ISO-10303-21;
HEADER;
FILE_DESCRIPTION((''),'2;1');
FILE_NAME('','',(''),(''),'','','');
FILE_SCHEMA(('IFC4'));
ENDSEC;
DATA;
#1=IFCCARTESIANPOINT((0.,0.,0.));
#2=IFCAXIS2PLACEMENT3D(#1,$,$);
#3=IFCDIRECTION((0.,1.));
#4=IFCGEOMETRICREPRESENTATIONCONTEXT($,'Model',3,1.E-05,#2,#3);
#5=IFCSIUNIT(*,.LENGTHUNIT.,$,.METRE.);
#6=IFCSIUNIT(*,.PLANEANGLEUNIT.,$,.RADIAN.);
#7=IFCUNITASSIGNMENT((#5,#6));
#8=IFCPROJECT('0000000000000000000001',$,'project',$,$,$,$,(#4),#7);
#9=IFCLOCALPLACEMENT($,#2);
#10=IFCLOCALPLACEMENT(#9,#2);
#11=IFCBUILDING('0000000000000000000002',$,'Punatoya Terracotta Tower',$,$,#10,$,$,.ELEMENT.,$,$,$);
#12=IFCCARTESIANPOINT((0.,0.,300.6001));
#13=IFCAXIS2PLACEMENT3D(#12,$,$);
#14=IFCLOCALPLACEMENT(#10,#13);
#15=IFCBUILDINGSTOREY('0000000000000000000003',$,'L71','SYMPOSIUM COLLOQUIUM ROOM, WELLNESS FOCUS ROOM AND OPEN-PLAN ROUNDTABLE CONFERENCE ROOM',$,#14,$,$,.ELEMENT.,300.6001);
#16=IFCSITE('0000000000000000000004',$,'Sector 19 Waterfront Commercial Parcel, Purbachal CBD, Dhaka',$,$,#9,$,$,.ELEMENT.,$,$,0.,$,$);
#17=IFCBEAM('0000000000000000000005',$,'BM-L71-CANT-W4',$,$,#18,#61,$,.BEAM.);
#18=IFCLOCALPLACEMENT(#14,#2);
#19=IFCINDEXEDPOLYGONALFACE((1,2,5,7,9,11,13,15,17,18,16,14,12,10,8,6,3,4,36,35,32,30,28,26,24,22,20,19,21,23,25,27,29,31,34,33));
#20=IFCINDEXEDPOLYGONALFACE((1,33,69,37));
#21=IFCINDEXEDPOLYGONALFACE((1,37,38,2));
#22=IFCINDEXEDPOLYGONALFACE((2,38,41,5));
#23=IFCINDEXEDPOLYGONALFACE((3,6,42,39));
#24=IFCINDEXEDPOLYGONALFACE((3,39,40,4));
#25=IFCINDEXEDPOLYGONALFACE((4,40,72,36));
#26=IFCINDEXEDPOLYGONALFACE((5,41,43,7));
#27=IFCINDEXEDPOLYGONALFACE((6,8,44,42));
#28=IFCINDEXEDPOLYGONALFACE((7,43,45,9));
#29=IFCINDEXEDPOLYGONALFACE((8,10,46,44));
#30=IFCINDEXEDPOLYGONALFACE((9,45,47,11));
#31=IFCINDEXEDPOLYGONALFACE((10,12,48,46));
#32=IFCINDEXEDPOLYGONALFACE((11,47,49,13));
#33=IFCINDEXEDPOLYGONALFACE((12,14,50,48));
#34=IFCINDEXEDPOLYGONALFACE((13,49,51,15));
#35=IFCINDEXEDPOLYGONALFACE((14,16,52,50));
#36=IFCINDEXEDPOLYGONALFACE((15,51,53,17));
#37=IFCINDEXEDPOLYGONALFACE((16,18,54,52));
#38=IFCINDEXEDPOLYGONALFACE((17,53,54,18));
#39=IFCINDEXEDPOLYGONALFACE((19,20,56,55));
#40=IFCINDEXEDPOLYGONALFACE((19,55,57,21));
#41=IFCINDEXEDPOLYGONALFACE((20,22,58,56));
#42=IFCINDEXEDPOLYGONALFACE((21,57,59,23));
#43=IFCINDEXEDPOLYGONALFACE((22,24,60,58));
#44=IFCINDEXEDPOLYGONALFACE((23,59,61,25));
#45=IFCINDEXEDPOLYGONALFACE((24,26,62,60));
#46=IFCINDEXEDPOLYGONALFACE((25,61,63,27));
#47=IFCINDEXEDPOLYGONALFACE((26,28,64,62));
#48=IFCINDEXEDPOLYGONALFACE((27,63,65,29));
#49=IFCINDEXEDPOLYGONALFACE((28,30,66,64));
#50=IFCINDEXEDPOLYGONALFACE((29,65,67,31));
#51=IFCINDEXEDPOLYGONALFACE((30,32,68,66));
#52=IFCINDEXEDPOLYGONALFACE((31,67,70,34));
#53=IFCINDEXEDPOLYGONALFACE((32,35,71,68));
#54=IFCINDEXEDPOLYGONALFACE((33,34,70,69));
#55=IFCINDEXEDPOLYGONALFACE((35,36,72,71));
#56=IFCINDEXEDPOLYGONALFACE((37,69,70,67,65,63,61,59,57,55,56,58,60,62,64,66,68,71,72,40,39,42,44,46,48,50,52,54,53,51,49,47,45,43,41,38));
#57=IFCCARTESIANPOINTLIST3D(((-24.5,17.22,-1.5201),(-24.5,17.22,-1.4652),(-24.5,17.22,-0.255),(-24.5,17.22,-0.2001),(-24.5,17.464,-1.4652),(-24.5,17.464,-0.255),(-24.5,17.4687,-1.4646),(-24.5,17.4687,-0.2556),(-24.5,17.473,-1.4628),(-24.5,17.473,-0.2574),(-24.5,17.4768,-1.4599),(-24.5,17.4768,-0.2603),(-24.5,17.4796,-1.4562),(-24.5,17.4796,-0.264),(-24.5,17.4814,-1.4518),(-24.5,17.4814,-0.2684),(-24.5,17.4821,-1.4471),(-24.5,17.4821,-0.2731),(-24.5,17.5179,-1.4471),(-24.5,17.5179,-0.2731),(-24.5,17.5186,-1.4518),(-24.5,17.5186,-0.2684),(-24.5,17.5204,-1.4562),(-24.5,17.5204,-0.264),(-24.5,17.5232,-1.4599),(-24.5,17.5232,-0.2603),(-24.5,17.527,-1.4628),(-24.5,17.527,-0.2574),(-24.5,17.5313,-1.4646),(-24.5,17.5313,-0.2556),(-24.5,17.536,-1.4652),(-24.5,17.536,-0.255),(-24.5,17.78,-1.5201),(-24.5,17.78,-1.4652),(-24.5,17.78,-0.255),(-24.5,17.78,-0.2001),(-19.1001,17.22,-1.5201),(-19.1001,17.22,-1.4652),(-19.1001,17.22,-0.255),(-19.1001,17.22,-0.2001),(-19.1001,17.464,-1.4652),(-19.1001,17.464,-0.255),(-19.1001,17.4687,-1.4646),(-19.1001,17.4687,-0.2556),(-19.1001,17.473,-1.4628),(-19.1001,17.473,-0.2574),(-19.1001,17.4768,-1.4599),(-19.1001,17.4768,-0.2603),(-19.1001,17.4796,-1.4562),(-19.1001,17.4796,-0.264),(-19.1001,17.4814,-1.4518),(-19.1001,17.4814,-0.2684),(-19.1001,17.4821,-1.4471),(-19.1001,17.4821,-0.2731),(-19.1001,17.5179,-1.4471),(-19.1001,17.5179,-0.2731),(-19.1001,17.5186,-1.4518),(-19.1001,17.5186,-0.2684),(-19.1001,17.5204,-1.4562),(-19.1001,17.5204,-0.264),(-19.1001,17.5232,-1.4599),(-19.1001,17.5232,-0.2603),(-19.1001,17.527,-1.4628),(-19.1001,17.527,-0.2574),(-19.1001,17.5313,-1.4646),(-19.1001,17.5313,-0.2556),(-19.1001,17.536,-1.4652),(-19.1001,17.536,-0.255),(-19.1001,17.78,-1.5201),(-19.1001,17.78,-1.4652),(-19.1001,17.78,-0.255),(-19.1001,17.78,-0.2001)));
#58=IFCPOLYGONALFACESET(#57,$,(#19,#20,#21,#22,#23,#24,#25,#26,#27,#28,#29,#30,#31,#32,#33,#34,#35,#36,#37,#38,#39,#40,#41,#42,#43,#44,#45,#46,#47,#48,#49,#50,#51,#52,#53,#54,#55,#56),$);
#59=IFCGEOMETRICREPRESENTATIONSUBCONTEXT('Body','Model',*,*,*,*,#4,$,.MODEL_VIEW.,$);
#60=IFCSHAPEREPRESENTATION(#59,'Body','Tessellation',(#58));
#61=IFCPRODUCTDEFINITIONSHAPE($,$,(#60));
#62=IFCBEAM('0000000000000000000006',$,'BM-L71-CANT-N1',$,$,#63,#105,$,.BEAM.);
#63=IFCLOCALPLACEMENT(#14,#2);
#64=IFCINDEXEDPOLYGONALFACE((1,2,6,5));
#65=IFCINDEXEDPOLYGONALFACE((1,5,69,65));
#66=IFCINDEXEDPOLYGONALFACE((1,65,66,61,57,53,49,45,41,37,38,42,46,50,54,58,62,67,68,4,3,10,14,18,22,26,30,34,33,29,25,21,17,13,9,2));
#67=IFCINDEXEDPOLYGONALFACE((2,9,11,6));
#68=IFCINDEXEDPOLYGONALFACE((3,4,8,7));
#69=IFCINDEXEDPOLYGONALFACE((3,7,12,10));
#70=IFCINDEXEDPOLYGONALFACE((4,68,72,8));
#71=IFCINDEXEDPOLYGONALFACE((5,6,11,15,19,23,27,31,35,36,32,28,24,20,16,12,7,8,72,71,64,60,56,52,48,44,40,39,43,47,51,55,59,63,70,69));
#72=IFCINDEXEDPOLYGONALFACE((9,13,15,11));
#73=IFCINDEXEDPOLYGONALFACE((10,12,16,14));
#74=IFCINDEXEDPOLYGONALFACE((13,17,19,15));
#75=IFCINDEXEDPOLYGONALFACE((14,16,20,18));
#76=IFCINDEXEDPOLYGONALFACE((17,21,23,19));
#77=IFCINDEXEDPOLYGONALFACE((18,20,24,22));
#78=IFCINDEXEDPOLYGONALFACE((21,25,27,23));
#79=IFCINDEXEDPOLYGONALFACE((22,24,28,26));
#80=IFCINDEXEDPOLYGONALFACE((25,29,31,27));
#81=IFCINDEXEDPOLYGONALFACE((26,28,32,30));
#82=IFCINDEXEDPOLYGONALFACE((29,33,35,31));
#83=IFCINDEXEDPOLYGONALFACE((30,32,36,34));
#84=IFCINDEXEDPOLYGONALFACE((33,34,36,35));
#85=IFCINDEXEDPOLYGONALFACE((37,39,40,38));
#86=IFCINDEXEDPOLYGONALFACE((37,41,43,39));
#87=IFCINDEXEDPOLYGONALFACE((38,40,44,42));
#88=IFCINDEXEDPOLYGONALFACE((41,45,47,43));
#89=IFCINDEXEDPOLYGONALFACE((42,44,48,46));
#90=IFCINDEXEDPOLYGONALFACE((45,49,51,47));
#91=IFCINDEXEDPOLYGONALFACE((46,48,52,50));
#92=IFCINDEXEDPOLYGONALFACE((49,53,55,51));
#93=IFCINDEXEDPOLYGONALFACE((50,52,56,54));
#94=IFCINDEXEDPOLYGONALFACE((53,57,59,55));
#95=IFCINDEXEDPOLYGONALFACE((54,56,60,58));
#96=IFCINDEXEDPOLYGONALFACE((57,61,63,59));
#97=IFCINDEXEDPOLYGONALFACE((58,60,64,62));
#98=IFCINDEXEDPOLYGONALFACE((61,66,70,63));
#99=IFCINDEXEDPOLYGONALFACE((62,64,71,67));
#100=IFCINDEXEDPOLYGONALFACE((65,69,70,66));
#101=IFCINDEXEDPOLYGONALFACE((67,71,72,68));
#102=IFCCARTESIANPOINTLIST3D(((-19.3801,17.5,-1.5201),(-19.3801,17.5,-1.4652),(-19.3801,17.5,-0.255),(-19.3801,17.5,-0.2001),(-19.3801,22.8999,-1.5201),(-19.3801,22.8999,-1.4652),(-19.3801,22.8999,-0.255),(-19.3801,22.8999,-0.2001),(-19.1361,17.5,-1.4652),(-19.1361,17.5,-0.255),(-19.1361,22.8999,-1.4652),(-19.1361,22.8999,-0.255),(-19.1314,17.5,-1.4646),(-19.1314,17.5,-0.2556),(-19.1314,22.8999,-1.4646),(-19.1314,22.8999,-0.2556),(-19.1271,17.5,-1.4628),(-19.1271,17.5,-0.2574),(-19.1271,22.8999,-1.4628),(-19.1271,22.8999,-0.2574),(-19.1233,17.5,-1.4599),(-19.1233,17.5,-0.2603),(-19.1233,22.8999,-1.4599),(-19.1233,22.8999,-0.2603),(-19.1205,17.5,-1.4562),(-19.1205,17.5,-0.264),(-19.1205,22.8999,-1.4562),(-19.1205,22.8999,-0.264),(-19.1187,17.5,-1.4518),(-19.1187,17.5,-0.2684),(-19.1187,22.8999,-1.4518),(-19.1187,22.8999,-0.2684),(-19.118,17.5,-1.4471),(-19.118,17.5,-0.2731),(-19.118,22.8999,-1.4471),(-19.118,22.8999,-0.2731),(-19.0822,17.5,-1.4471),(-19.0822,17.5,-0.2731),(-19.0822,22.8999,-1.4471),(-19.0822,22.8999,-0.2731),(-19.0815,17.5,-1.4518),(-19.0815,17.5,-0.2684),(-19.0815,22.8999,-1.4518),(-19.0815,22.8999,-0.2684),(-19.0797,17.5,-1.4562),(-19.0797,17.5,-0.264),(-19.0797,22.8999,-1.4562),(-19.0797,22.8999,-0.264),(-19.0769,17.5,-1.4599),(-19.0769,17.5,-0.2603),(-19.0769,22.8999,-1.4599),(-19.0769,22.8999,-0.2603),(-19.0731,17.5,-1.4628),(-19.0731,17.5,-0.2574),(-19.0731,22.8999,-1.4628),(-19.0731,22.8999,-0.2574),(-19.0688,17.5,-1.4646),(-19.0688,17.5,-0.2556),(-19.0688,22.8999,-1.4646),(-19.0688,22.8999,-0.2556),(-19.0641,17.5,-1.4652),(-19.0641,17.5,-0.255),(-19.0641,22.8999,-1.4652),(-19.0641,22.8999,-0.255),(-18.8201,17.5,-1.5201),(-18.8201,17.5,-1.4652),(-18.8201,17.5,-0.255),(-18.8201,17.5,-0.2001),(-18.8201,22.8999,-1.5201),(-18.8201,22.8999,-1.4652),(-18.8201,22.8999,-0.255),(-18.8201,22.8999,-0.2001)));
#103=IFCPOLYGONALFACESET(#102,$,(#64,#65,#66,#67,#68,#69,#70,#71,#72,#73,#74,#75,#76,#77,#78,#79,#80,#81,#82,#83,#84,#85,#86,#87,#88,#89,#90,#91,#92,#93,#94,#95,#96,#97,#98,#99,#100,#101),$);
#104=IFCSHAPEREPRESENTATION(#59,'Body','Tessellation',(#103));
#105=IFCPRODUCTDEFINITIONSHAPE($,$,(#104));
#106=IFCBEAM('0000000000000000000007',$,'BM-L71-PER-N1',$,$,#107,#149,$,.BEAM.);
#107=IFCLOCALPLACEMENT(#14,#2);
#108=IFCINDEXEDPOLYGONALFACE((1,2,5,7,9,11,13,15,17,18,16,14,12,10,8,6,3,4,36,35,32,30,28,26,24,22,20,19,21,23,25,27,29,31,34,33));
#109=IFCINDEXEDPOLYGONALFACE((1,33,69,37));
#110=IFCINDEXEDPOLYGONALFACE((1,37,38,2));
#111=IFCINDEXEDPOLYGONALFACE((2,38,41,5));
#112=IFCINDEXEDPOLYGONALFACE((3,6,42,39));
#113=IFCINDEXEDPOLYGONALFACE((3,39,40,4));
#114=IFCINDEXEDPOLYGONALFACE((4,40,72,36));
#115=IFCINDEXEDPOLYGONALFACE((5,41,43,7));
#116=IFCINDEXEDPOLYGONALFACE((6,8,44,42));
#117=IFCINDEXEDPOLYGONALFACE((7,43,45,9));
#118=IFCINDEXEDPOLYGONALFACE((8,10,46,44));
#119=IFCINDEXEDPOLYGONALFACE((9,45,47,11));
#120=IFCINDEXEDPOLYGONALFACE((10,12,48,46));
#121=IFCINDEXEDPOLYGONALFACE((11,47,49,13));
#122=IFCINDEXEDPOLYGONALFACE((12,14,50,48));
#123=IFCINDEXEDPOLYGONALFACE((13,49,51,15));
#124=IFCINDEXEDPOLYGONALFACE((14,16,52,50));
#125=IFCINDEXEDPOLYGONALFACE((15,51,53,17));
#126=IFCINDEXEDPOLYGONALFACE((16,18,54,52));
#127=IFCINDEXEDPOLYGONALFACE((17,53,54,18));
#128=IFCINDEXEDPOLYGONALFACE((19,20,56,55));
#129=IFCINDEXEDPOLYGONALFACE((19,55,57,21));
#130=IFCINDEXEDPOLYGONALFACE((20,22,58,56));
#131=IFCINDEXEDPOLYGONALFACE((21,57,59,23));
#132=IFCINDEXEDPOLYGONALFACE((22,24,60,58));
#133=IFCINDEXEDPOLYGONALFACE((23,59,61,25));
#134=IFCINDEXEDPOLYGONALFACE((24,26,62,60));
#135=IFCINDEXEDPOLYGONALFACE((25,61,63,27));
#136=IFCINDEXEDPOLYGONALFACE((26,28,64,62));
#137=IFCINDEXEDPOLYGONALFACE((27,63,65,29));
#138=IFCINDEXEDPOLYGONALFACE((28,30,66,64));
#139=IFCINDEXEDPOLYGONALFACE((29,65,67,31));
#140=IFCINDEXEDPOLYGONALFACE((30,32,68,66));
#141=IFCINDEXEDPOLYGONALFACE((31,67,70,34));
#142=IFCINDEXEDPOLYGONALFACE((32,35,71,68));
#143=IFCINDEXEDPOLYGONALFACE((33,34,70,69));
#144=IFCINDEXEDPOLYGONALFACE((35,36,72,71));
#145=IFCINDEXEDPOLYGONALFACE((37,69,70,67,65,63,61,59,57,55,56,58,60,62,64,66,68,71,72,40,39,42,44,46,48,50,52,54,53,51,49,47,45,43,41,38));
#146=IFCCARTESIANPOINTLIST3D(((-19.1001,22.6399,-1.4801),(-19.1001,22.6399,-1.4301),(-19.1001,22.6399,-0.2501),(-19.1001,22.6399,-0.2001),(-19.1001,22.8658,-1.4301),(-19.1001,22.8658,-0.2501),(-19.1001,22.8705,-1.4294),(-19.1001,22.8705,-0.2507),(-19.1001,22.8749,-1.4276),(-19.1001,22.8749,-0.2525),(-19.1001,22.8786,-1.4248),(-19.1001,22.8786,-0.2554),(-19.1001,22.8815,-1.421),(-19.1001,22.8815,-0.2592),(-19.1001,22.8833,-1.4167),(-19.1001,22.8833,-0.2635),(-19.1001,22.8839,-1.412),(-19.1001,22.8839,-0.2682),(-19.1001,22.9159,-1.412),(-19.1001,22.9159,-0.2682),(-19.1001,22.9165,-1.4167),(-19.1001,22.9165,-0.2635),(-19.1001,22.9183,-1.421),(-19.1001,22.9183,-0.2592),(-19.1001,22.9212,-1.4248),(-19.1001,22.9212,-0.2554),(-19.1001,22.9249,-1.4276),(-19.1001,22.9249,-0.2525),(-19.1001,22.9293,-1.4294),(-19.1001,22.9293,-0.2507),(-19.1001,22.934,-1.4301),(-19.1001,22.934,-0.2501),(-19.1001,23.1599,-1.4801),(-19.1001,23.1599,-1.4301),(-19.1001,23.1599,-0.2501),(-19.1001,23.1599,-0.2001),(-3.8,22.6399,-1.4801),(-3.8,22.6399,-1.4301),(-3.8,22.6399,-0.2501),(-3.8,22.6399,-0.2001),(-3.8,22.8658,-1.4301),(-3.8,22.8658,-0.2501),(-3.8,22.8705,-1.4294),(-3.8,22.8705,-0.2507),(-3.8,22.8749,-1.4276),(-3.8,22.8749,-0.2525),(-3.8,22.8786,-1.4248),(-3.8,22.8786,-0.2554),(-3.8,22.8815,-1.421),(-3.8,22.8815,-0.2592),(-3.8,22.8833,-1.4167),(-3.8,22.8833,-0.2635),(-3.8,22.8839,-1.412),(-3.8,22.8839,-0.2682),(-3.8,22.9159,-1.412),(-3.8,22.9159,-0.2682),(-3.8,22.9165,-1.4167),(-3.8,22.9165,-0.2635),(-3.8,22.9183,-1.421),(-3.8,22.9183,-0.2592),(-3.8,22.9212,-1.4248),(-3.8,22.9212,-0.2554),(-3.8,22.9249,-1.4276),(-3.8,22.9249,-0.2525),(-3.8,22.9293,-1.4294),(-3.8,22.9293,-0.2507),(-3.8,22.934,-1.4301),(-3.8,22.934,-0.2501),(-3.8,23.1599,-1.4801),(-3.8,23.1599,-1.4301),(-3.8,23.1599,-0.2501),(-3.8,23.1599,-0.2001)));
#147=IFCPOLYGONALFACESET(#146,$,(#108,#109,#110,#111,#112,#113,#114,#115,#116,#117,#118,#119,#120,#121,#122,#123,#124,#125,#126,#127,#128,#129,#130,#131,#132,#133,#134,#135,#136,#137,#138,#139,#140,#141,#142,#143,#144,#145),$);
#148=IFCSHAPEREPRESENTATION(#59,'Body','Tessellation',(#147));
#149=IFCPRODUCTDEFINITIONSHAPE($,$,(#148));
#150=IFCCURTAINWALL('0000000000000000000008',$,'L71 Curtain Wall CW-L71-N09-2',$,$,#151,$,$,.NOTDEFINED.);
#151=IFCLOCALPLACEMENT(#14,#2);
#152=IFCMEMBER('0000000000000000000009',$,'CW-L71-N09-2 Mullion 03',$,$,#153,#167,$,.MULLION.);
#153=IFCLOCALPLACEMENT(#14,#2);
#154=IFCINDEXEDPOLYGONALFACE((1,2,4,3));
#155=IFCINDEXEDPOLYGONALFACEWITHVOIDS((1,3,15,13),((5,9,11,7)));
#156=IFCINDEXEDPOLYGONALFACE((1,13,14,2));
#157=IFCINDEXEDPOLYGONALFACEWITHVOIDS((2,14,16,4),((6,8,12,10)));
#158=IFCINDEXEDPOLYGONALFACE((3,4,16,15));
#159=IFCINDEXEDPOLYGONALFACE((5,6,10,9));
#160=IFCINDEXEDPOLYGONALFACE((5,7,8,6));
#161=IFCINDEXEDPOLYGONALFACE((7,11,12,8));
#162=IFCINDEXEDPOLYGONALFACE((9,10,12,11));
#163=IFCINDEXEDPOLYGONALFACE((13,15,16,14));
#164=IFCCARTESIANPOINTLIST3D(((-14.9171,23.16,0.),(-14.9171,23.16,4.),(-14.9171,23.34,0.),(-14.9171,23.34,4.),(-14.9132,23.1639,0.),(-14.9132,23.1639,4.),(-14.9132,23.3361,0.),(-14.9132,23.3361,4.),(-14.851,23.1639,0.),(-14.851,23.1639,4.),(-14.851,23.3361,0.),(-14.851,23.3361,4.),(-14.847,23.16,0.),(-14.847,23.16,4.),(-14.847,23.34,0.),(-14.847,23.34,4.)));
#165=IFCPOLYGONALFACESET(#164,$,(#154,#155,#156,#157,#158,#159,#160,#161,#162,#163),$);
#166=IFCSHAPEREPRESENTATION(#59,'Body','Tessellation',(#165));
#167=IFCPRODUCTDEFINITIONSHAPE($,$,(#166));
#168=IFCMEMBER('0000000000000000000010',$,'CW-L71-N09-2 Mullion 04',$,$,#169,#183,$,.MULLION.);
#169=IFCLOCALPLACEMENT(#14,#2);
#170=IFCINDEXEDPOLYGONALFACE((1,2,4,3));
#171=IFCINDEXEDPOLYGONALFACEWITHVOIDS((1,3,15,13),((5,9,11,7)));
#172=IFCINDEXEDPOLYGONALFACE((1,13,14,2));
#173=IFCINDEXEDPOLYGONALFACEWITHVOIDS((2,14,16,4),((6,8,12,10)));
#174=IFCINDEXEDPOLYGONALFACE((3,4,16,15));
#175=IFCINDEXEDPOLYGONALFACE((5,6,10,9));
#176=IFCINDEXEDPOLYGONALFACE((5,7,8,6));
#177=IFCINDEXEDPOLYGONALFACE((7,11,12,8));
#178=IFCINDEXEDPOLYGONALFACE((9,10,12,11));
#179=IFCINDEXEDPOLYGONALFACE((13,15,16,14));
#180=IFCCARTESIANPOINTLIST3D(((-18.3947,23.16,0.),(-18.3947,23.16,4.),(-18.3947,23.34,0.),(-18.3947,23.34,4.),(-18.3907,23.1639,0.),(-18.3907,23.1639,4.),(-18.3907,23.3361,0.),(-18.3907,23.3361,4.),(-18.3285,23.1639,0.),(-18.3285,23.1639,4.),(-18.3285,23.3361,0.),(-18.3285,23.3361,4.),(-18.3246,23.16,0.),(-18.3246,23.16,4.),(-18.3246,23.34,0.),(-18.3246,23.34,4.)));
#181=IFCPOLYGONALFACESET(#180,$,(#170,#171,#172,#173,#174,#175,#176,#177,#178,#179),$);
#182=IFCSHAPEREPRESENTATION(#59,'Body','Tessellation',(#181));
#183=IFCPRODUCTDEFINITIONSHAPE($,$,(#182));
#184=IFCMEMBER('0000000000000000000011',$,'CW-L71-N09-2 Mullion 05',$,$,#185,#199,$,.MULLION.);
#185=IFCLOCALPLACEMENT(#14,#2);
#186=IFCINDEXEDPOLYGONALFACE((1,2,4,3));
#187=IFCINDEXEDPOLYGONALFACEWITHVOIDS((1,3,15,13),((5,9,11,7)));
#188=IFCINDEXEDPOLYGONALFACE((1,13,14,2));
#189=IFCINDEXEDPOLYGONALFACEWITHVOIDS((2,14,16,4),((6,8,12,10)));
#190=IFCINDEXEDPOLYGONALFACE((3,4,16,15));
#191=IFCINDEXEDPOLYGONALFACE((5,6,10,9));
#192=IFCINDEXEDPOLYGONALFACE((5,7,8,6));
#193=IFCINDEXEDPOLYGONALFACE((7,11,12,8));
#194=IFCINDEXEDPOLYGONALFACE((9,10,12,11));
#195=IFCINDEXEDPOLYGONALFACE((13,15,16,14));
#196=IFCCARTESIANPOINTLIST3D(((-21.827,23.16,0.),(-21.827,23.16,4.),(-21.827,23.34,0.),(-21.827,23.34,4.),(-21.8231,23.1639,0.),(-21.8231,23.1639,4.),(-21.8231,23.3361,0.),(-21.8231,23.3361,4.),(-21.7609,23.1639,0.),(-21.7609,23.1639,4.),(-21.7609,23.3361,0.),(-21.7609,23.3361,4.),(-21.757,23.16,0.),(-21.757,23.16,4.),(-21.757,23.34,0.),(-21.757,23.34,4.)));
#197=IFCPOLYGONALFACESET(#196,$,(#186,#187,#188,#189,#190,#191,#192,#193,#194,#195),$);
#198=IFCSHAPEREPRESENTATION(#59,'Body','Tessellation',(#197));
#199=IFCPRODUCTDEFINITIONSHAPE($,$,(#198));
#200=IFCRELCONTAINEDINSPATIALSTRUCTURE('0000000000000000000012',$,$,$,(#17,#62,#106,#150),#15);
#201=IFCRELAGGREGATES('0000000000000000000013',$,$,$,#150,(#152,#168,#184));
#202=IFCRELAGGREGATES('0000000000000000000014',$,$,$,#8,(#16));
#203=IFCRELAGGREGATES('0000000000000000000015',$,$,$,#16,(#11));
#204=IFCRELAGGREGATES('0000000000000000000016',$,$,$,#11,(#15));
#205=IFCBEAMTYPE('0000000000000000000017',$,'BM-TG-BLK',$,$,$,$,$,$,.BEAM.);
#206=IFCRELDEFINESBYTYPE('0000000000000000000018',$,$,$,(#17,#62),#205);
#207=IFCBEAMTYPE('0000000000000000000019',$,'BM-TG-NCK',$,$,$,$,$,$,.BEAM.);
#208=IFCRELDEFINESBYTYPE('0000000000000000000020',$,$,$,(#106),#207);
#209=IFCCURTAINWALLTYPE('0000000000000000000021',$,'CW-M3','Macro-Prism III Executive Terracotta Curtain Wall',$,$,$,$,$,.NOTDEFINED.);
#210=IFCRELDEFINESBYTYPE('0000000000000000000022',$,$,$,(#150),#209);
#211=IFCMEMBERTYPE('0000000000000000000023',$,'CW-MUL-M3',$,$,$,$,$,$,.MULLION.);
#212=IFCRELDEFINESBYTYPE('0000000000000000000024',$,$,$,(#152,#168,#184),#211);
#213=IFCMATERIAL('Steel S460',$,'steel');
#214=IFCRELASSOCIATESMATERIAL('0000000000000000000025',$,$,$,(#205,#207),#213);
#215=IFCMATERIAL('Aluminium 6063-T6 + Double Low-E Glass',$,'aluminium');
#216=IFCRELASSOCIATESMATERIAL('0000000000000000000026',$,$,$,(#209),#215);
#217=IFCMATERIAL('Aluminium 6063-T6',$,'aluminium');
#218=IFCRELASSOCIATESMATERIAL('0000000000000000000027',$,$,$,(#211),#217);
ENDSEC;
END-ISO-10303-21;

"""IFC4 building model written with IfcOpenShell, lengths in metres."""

from ifc_helpers import new_model, si_unit, direction, frame, origin, origin_2d, place, context, subcontext, project, spatial, hollow_rectangle, i_section, extrude, material, material_profile, profile_set, type_object, element, aggregate, save


model = new_model("IFC4")

# Units and contexts
model_context = context("Model", 3, precision=1e-05, world=origin(), true_north=direction((0.0, 1.0)))
body_context = subcontext(model_context, "Body", "Model", "MODEL_VIEW")
ifc_project = project(units=[si_unit("LENGTHUNIT", "METRE"), si_unit("PLANEANGLEUNIT", "RADIAN")], contexts=[model_context])

# Site, building, storey
site_placement = place(None, origin())
site = spatial("IfcSite", under=ifc_project, at=site_placement, Name="Sector 19 Waterfront Commercial Parcel, Purbachal CBD, Dhaka", CompositionType="ELEMENT", RefElevation=0.0)
building_placement = place(site_placement, origin())
building = spatial("IfcBuilding", under=site, at=building_placement, Name="Punatoya Terracotta Tower", CompositionType="ELEMENT")
storey_placement = place(building_placement, frame((0.0, 0.0, 300.6001)))
storey = spatial("IfcBuildingStorey", under=building, at=storey_placement, Name="L71", Description="SYMPOSIUM COLLOQUIUM ROOM, WELLNESS FOCUS ROOM AND OPEN-PLAN ROUNDTABLE CONFERENCE ROOM", CompositionType="ELEMENT", Elevation=300.6001)

# Shared definitions
ifc_material_1 = material(Name="Steel S460", Category="steel")

# Beams
ifc_material_profile_1 = material_profile(ifc_material_1, i_section(OverallWidth=0.5601, OverallDepth=1.3201, WebThickness=0.0359, FlangeThickness=0.0549, FilletRadius=0.0181, at=origin_2d()))
ifc_profile_set_1 = profile_set([ifc_material_profile_1], Name="Steel S460")
beam_type_1 = type_object("IfcBeamType", Name="BM-TG-BLK", PredefinedType="BEAM", material=ifc_profile_set_1)
for number, where, z_axis, x_axis, name in (
    (1, (-24.5, 17.5, -0.8601), (1.0, 0.0, 0.0), (0.0, 1.0, 0.0), "BM-L71-CANT-W4"),
    (2, (-19.1001, 17.5, -0.8601), (0.0, 1.0, 0.0), (-1.0, 0.0, 0.0), "BM-L71-CANT-N1"),
):
    element("IfcBeam", number, at=place(storey_placement, frame(where, z_axis=z_axis, x_axis=x_axis)), inside=storey, type_object=beam_type_1, Name=name, PredefinedType="BEAM", context=body_context, shape_type="SweptSolid", body=[
        extrude(i_section(OverallWidth=0.5601, OverallDepth=1.3201, WebThickness=0.0359, FlangeThickness=0.0549, FilletRadius=0.0181, at=origin_2d()), origin(), (0.0, 0.0, 1.0), 5.3999),
    ])
ifc_material_profile_2 = material_profile(ifc_material_1, i_section(OverallWidth=0.52, OverallDepth=1.28, WebThickness=0.032, FlangeThickness=0.05, FilletRadius=0.0181, at=origin_2d()))
ifc_profile_set_2 = profile_set([ifc_material_profile_2], Name="Steel S460")
beam_type_2 = type_object("IfcBeamType", Name="BM-TG-NCK", PredefinedType="BEAM", material=ifc_profile_set_2)
beam_1_placement = place(storey_placement, frame((-19.1001, 22.8999, -0.8401), z_axis=(1.0, 0.0, 0.0), x_axis=(0.0, 1.0, 0.0)))
element("IfcBeam", 3, at=beam_1_placement, inside=storey, type_object=beam_type_2, Name="BM-L71-PER-N1", PredefinedType="BEAM", context=body_context, shape_type="SweptSolid", body=[
    extrude(i_section(OverallWidth=0.52, OverallDepth=1.28, WebThickness=0.032, FlangeThickness=0.05, FilletRadius=0.0181, at=origin_2d()), origin(), (0.0, 0.0, 1.0), 15.3),
])

# Curtain wall, members
ifc_material_2 = material(Name="Aluminium 6063-T6 + Double Low-E Glass", Category="aluminium")
curtain_wall_type = type_object("IfcCurtainWallType", Name="CW-M3", Description="Macro-Prism III Executive Terracotta Curtain Wall", PredefinedType="NOTDEFINED", material=ifc_material_2)
curtain_wall_1_placement = place(storey_placement, origin())
curtain_wall_1 = element("IfcCurtainWall", 4, at=curtain_wall_1_placement, inside=storey, type_object=curtain_wall_type, Name="L71 Curtain Wall CW-L71-N09-2", PredefinedType="NOTDEFINED")
ifc_material_3 = material(Name="Aluminium 6063-T6", Category="aluminium")
ifc_material_profile_3 = material_profile(ifc_material_3, hollow_rectangle(XDim=0.0701, YDim=0.1799, WallThickness=0.0039, at=origin_2d()))
ifc_profile_set_3 = profile_set([ifc_material_profile_3], Name="Aluminium 6063-T6")
member_type_1 = type_object("IfcMemberType", Name="CW-MUL-M3", PredefinedType="MULLION", material=ifc_profile_set_3)
member_1_placement = place(storey_placement, frame((-14.8821, 23.25, 0.0), z_axis=(0.0, 0.0, 1.0), x_axis=(1.0, 0.0, 0.0)))
member_1 = element("IfcMember", 5, at=member_1_placement, type_object=member_type_1, Name="CW-L71-N09-2 Mullion 03", PredefinedType="MULLION", context=body_context, shape_type="SweptSolid", body=[
    extrude(hollow_rectangle(XDim=0.0701, YDim=0.1799, WallThickness=0.0039, at=origin_2d()), origin(), (0.0, 0.0, 1.0), 4.0),
])
member_2_placement = place(storey_placement, frame((-18.3596, 23.25, 0.0), z_axis=(0.0, 0.0, 1.0), x_axis=(1.0, 0.0, 0.0)))
member_2 = element("IfcMember", 6, at=member_2_placement, type_object=member_type_1, Name="CW-L71-N09-2 Mullion 04", PredefinedType="MULLION", context=body_context, shape_type="SweptSolid", body=[
    extrude(hollow_rectangle(XDim=0.0701, YDim=0.1799, WallThickness=0.0039, at=origin_2d()), origin(), (0.0, 0.0, 1.0), 4.0),
])
member_3_placement = place(storey_placement, frame((-21.792, 23.25, 0.0), z_axis=(0.0, 0.0, 1.0), x_axis=(1.0, 0.0, 0.0)))
member_3 = element("IfcMember", 7, at=member_3_placement, type_object=member_type_1, Name="CW-L71-N09-2 Mullion 05", PredefinedType="MULLION", context=body_context, shape_type="SweptSolid", body=[
    extrude(hollow_rectangle(XDim=0.0701, YDim=0.1799, WallThickness=0.0039, at=origin_2d()), origin(), (0.0, 0.0, 1.0), 4.0),
])

aggregate(curtain_wall_1, [member_1, member_2, member_3])

save(model, "model.ifc")
